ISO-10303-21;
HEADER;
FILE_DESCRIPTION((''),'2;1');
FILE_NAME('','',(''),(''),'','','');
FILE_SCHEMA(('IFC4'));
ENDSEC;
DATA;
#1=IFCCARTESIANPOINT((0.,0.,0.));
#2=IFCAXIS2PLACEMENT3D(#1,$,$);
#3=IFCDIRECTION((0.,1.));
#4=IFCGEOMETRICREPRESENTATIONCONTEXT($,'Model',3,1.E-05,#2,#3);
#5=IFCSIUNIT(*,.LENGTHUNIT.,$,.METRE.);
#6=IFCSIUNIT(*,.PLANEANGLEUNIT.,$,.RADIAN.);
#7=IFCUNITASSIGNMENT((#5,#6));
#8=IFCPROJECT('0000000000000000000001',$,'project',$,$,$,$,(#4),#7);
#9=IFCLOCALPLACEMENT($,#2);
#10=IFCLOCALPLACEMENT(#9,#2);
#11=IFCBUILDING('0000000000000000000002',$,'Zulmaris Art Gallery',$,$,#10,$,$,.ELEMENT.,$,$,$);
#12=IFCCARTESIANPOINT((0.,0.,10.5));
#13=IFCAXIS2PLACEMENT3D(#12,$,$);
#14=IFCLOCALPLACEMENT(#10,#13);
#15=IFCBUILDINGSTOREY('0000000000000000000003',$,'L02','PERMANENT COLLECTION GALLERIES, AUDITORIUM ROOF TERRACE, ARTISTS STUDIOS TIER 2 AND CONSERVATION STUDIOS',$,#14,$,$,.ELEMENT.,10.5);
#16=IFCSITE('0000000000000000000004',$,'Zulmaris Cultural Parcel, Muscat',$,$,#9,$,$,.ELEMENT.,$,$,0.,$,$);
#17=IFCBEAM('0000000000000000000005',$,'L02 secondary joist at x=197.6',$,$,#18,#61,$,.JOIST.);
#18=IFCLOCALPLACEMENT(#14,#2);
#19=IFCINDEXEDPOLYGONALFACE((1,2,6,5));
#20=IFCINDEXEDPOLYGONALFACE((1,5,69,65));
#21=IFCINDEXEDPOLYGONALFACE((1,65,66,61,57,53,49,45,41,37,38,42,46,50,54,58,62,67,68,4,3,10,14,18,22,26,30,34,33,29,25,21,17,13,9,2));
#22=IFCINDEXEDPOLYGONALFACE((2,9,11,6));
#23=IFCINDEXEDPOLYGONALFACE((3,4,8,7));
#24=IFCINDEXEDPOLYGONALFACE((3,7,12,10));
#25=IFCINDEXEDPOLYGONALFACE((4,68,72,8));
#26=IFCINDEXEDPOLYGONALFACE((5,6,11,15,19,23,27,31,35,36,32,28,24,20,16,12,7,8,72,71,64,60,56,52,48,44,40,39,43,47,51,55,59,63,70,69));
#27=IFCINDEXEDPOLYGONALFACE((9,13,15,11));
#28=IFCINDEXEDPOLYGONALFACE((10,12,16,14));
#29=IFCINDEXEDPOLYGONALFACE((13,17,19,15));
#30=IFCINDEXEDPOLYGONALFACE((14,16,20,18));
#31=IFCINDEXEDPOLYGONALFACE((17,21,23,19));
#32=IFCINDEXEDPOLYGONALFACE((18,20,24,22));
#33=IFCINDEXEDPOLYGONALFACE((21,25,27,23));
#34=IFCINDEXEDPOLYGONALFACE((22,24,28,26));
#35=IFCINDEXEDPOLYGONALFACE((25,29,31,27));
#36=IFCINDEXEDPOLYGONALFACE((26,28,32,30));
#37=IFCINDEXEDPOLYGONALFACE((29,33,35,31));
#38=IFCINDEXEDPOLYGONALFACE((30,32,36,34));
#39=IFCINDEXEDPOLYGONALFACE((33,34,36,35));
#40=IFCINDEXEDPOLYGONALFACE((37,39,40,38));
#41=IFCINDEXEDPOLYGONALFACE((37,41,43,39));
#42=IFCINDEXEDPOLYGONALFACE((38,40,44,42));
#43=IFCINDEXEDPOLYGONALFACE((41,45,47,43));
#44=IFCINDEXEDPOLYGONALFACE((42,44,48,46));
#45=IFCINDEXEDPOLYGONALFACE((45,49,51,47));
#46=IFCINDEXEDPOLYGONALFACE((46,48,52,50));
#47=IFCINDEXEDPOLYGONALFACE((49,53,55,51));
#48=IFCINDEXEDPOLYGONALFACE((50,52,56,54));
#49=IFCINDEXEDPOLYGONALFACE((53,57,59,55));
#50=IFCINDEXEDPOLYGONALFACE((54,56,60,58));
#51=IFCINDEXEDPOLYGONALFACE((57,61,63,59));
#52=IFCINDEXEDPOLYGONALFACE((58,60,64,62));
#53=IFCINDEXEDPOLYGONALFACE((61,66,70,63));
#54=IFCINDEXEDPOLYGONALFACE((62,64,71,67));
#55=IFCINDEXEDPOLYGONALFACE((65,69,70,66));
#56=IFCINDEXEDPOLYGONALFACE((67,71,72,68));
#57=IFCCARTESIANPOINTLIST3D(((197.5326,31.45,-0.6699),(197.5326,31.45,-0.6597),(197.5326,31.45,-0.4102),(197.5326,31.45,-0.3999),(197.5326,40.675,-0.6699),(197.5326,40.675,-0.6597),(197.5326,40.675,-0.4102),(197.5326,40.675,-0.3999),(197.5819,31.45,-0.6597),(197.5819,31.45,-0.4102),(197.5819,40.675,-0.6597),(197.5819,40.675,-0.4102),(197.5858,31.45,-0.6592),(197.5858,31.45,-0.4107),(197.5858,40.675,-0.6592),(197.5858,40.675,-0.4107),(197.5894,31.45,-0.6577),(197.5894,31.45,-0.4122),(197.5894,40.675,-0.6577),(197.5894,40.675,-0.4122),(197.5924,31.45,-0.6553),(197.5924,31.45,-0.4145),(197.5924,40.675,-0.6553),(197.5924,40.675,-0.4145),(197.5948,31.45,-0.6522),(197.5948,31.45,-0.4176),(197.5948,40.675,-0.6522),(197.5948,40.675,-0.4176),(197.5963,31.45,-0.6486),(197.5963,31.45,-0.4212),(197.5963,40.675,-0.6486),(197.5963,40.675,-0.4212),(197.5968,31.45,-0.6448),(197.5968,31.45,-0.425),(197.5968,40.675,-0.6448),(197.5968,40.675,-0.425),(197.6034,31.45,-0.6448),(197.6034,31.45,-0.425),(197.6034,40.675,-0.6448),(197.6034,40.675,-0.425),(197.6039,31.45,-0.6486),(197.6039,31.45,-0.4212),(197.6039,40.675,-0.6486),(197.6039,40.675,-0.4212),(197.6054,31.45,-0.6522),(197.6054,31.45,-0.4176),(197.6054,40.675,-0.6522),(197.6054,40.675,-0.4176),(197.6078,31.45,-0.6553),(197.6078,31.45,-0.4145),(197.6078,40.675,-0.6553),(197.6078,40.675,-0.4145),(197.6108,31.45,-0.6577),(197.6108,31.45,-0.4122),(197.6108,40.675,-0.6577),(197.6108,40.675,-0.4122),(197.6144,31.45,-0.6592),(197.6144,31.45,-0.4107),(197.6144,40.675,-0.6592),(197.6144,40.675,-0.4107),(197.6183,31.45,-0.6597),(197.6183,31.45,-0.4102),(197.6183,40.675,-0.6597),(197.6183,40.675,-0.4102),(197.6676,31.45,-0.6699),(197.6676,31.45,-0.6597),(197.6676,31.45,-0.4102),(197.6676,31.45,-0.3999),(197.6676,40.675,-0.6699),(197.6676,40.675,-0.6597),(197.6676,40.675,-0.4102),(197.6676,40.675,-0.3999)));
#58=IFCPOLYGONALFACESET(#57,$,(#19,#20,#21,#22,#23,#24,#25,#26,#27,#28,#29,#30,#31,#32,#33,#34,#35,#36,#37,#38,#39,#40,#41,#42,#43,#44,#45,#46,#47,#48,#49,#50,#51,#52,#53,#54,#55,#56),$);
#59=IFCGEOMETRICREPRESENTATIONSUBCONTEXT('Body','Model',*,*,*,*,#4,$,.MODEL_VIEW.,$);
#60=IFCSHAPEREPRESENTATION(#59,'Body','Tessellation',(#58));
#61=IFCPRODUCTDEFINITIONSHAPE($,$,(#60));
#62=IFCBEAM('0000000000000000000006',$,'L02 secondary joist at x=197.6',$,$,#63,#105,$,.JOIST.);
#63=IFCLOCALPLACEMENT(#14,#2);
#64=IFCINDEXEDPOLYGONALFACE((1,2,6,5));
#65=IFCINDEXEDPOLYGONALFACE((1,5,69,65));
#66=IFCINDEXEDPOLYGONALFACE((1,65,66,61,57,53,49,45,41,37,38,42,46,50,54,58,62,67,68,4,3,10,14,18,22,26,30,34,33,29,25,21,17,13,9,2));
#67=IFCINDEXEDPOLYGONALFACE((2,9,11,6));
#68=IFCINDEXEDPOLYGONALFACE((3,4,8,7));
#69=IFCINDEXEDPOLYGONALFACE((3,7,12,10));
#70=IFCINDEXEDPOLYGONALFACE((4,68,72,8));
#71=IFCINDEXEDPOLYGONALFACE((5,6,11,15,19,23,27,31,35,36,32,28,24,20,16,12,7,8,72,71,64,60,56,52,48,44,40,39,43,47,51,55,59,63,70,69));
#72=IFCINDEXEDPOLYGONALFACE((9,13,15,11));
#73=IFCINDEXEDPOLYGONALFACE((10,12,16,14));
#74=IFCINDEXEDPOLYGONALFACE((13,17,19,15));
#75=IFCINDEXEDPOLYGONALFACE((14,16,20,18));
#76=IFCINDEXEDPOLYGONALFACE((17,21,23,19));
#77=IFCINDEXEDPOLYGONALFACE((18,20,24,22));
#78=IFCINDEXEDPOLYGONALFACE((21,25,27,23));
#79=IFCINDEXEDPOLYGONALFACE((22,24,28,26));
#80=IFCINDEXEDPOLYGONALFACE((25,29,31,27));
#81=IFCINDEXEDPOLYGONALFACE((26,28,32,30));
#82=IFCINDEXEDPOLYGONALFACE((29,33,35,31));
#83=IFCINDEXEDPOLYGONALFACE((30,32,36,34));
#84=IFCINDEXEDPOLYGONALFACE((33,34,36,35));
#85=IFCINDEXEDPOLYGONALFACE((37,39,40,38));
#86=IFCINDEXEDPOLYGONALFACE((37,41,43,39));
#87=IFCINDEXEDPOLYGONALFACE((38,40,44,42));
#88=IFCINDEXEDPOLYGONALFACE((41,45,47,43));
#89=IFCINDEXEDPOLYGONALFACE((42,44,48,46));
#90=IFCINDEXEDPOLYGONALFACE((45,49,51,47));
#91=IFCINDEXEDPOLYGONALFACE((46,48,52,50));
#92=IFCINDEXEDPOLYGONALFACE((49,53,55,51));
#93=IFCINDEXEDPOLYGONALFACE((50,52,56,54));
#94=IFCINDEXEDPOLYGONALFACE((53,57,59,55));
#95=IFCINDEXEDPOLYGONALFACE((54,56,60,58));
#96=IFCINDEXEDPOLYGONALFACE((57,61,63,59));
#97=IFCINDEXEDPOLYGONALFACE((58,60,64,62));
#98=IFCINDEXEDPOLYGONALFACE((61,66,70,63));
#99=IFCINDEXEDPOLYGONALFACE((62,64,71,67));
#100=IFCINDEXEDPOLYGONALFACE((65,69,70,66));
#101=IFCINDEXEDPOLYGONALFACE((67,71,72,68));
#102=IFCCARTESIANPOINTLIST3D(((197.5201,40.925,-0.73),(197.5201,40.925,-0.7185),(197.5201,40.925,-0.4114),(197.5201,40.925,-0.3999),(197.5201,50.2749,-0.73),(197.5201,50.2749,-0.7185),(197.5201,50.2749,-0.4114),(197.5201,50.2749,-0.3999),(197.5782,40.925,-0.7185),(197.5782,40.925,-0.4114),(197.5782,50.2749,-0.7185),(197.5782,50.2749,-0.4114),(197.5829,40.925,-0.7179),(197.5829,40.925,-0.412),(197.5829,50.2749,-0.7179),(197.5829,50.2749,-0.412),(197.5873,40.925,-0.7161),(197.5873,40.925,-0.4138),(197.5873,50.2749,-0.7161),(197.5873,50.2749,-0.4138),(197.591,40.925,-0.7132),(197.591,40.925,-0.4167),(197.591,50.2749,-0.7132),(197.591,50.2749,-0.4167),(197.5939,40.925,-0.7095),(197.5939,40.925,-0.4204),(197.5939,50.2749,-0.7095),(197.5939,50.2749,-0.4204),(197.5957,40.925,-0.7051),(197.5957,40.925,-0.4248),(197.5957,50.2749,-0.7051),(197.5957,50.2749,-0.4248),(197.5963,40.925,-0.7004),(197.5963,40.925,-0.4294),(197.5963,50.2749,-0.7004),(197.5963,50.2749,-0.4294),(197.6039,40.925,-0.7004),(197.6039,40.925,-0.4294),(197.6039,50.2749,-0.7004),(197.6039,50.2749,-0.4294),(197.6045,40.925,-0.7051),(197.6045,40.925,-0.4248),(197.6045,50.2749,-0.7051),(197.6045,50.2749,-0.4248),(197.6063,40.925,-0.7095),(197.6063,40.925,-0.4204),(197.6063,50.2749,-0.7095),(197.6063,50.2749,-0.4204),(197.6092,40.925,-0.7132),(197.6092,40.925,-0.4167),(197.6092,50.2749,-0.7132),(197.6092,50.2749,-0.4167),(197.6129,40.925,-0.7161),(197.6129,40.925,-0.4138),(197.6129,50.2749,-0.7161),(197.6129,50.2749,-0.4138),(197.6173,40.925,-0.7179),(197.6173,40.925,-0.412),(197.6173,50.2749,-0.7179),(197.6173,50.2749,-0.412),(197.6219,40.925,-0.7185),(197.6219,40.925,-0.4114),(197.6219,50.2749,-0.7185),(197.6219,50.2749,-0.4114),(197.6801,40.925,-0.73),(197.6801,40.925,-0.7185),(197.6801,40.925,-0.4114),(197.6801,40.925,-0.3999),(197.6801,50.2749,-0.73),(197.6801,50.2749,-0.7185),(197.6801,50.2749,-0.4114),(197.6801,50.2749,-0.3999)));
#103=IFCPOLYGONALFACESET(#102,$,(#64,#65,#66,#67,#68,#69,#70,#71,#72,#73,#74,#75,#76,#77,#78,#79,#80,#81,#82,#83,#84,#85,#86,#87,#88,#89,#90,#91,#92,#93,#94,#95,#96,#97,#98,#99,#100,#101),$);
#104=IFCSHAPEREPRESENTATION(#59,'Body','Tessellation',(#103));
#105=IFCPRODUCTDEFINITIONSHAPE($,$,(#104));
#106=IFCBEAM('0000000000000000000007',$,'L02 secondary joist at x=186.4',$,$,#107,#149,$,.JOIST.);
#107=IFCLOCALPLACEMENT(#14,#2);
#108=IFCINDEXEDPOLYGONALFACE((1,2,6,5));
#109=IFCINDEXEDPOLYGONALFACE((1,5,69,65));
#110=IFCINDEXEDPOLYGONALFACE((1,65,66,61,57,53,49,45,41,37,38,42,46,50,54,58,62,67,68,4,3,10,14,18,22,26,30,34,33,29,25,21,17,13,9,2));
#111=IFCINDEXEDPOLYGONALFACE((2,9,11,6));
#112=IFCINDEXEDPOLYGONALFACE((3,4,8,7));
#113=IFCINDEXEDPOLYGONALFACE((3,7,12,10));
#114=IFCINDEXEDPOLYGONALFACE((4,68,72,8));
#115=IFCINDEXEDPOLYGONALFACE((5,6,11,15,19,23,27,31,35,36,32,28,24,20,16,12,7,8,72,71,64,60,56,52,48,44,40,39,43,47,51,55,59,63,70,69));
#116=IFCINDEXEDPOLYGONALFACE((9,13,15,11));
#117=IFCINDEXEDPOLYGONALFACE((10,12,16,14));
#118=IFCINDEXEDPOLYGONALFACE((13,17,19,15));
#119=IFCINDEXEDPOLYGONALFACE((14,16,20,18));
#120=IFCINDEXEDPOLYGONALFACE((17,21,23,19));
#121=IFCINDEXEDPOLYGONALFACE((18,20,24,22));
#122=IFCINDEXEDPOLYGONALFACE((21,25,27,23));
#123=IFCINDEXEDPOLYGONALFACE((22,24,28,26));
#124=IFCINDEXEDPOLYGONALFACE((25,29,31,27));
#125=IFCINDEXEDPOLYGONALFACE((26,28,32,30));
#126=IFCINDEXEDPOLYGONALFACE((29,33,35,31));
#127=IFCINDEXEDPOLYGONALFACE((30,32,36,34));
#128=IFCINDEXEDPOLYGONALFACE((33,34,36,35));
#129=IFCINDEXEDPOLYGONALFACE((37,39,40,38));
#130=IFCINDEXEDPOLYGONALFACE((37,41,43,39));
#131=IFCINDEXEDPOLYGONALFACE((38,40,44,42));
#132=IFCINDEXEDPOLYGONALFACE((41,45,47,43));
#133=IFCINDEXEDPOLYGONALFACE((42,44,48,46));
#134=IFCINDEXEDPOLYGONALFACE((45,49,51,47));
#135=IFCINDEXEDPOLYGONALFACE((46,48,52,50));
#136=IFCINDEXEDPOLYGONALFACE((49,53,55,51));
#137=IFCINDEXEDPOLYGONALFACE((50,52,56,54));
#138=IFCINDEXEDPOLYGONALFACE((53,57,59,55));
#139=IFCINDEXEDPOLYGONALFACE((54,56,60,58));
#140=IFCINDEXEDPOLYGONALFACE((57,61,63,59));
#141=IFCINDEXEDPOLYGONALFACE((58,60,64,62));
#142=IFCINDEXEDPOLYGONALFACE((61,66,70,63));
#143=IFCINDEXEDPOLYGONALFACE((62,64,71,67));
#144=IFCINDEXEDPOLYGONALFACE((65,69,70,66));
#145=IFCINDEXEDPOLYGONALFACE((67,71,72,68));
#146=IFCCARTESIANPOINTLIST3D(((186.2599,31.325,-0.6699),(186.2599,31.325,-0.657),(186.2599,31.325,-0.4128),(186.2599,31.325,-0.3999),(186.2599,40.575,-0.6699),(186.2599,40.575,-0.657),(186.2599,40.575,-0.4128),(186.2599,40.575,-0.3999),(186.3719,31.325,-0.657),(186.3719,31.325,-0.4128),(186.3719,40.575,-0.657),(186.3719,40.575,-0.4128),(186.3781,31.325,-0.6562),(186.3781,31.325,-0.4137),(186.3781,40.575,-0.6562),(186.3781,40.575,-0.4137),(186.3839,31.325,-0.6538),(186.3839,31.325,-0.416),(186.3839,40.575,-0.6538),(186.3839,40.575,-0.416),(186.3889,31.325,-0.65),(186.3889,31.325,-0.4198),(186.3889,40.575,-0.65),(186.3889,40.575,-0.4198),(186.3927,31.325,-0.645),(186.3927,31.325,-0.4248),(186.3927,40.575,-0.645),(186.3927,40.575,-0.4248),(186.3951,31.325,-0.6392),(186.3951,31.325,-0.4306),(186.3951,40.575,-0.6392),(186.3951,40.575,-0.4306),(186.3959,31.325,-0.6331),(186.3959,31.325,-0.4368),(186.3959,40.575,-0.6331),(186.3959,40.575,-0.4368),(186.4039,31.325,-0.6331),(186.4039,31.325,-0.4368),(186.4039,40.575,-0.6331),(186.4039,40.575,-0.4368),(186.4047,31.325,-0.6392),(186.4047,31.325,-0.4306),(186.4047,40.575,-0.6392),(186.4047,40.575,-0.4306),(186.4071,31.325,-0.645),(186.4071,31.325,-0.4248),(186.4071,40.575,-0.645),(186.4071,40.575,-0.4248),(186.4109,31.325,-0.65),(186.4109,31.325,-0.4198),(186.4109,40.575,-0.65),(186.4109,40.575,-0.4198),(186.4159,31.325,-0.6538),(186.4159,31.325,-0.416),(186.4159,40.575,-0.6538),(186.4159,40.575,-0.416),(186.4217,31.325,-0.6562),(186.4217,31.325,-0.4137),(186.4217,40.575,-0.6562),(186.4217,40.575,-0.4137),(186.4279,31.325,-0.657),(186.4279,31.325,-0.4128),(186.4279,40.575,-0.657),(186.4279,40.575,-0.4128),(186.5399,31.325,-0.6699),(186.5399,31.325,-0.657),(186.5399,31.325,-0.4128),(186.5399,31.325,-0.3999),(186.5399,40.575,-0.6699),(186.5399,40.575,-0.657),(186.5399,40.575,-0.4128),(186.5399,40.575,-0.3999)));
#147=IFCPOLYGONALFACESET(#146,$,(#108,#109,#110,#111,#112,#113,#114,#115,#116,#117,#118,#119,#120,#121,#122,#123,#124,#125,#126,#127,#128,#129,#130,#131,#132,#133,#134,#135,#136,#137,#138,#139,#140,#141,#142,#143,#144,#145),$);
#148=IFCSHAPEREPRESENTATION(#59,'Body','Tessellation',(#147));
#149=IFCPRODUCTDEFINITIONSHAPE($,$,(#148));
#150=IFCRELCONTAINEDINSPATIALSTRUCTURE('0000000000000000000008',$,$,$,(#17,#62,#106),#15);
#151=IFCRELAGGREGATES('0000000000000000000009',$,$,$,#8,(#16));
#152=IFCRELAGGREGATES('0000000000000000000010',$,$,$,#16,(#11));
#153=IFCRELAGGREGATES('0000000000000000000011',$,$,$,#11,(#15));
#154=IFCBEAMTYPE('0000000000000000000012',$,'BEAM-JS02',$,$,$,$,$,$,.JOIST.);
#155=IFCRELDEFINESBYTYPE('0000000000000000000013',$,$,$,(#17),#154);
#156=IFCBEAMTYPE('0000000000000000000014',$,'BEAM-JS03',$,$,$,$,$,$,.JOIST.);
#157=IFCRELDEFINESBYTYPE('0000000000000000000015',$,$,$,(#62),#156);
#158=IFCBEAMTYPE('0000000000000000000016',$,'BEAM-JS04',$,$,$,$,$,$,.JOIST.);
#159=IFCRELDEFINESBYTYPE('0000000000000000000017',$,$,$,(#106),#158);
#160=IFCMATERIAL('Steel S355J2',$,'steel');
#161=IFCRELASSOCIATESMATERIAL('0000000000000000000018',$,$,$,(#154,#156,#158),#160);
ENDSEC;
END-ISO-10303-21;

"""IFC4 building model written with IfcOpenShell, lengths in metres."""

from ifc_helpers import new_model, si_unit, direction, frame, origin, origin_2d, place, context, subcontext, project, spatial, i_section, extrude, material, material_profile, profile_set, type_object, element, save


model = new_model("IFC4")

# Units and contexts
model_context = context("Model", 3, precision=1e-05, world=origin(), true_north=direction((0.0, 1.0)))
body_context = subcontext(model_context, "Body", "Model", "MODEL_VIEW")
ifc_project = project(units=[si_unit("LENGTHUNIT", "METRE"), si_unit("PLANEANGLEUNIT", "RADIAN")], contexts=[model_context])

# Site, building, storey
site_placement = place(None, origin())
site = spatial("IfcSite", under=ifc_project, at=site_placement, Name="Zulmaris Cultural Parcel, Muscat", CompositionType="ELEMENT", RefElevation=0.0)
building_placement = place(site_placement, origin())
building = spatial("IfcBuilding", under=site, at=building_placement, Name="Zulmaris Art Gallery", CompositionType="ELEMENT")
storey_placement = place(building_placement, frame((0.0, 0.0, 10.5)))
storey = spatial("IfcBuildingStorey", under=building, at=storey_placement, Name="L02", Description="PERMANENT COLLECTION GALLERIES, AUDITORIUM ROOF TERRACE, ARTISTS STUDIOS TIER 2 AND CONSERVATION STUDIOS", CompositionType="ELEMENT", Elevation=10.5)

# Beams
ifc_material_1 = material(Name="Steel S355J2", Category="steel")
ifc_material_profile_1 = material_profile(ifc_material_1, i_section(OverallWidth=0.135, OverallDepth=0.27, WebThickness=0.0066, FlangeThickness=0.0103, FilletRadius=0.0149, at=origin_2d()), Name="IPE 270")
ifc_profile_set_1 = profile_set([ifc_material_profile_1], Name="Steel S355J2")
beam_type_1 = type_object("IfcBeamType", Name="BEAM-JS02", PredefinedType="JOIST", material=ifc_profile_set_1)
beam_1_placement = place(storey_placement, frame((197.6001, 31.45, -0.5349), z_axis=(0.0, 1.0, 0.0), x_axis=(-1.0, 0.0, 0.0)))
element("IfcBeam", 1, at=beam_1_placement, inside=storey, type_object=beam_type_1, Name="L02 secondary joist at x=197.6", PredefinedType="JOIST", context=body_context, shape_type="SweptSolid", body=[
    extrude(i_section(OverallWidth=0.135, OverallDepth=0.27, WebThickness=0.0066, FlangeThickness=0.0103, FilletRadius=0.0149, at=origin_2d()), origin(), (0.0, 0.0, 1.0), 9.2251),
])
ifc_material_profile_2 = material_profile(ifc_material_1, i_section(OverallWidth=0.1599, OverallDepth=0.3301, WebThickness=0.0076, FlangeThickness=0.0115, FilletRadius=0.0181, at=origin_2d()), Name="IPE 330")
ifc_profile_set_2 = profile_set([ifc_material_profile_2], Name="Steel S355J2")
beam_type_2 = type_object("IfcBeamType", Name="BEAM-JS03", PredefinedType="JOIST", material=ifc_profile_set_2)
beam_2_placement = place(storey_placement, frame((197.6001, 40.925, -0.5649), z_axis=(0.0, 1.0, 0.0), x_axis=(-1.0, 0.0, 0.0)))
element("IfcBeam", 2, at=beam_2_placement, inside=storey, type_object=beam_type_2, Name="L02 secondary joist at x=197.6", PredefinedType="JOIST", context=body_context, shape_type="SweptSolid", body=[
    extrude(i_section(OverallWidth=0.1599, OverallDepth=0.3301, WebThickness=0.0076, FlangeThickness=0.0115, FilletRadius=0.0181, at=origin_2d()), origin(), (0.0, 0.0, 1.0), 9.3499),
])
ifc_material_profile_3 = material_profile(ifc_material_1, i_section(OverallWidth=0.28, OverallDepth=0.27, WebThickness=0.0081, FlangeThickness=0.0129, FilletRadius=0.0239, at=origin_2d()), Name="HEA 280")
ifc_profile_set_3 = profile_set([ifc_material_profile_3], Name="Steel S355J2")
beam_type_3 = type_object("IfcBeamType", Name="BEAM-JS04", PredefinedType="JOIST", material=ifc_profile_set_3)
beam_3_placement = place(storey_placement, frame((186.3999, 31.325, -0.5349), z_axis=(0.0, 1.0, 0.0), x_axis=(-1.0, 0.0, 0.0)))
element("IfcBeam", 3, at=beam_3_placement, inside=storey, type_object=beam_type_3, Name="L02 secondary joist at x=186.4", PredefinedType="JOIST", context=body_context, shape_type="SweptSolid", body=[
    extrude(i_section(OverallWidth=0.28, OverallDepth=0.27, WebThickness=0.0081, FlangeThickness=0.0129, FilletRadius=0.0239, at=origin_2d()), origin(), (0.0, 0.0, 1.0), 9.25),
])

save(model, "model.ifc")
